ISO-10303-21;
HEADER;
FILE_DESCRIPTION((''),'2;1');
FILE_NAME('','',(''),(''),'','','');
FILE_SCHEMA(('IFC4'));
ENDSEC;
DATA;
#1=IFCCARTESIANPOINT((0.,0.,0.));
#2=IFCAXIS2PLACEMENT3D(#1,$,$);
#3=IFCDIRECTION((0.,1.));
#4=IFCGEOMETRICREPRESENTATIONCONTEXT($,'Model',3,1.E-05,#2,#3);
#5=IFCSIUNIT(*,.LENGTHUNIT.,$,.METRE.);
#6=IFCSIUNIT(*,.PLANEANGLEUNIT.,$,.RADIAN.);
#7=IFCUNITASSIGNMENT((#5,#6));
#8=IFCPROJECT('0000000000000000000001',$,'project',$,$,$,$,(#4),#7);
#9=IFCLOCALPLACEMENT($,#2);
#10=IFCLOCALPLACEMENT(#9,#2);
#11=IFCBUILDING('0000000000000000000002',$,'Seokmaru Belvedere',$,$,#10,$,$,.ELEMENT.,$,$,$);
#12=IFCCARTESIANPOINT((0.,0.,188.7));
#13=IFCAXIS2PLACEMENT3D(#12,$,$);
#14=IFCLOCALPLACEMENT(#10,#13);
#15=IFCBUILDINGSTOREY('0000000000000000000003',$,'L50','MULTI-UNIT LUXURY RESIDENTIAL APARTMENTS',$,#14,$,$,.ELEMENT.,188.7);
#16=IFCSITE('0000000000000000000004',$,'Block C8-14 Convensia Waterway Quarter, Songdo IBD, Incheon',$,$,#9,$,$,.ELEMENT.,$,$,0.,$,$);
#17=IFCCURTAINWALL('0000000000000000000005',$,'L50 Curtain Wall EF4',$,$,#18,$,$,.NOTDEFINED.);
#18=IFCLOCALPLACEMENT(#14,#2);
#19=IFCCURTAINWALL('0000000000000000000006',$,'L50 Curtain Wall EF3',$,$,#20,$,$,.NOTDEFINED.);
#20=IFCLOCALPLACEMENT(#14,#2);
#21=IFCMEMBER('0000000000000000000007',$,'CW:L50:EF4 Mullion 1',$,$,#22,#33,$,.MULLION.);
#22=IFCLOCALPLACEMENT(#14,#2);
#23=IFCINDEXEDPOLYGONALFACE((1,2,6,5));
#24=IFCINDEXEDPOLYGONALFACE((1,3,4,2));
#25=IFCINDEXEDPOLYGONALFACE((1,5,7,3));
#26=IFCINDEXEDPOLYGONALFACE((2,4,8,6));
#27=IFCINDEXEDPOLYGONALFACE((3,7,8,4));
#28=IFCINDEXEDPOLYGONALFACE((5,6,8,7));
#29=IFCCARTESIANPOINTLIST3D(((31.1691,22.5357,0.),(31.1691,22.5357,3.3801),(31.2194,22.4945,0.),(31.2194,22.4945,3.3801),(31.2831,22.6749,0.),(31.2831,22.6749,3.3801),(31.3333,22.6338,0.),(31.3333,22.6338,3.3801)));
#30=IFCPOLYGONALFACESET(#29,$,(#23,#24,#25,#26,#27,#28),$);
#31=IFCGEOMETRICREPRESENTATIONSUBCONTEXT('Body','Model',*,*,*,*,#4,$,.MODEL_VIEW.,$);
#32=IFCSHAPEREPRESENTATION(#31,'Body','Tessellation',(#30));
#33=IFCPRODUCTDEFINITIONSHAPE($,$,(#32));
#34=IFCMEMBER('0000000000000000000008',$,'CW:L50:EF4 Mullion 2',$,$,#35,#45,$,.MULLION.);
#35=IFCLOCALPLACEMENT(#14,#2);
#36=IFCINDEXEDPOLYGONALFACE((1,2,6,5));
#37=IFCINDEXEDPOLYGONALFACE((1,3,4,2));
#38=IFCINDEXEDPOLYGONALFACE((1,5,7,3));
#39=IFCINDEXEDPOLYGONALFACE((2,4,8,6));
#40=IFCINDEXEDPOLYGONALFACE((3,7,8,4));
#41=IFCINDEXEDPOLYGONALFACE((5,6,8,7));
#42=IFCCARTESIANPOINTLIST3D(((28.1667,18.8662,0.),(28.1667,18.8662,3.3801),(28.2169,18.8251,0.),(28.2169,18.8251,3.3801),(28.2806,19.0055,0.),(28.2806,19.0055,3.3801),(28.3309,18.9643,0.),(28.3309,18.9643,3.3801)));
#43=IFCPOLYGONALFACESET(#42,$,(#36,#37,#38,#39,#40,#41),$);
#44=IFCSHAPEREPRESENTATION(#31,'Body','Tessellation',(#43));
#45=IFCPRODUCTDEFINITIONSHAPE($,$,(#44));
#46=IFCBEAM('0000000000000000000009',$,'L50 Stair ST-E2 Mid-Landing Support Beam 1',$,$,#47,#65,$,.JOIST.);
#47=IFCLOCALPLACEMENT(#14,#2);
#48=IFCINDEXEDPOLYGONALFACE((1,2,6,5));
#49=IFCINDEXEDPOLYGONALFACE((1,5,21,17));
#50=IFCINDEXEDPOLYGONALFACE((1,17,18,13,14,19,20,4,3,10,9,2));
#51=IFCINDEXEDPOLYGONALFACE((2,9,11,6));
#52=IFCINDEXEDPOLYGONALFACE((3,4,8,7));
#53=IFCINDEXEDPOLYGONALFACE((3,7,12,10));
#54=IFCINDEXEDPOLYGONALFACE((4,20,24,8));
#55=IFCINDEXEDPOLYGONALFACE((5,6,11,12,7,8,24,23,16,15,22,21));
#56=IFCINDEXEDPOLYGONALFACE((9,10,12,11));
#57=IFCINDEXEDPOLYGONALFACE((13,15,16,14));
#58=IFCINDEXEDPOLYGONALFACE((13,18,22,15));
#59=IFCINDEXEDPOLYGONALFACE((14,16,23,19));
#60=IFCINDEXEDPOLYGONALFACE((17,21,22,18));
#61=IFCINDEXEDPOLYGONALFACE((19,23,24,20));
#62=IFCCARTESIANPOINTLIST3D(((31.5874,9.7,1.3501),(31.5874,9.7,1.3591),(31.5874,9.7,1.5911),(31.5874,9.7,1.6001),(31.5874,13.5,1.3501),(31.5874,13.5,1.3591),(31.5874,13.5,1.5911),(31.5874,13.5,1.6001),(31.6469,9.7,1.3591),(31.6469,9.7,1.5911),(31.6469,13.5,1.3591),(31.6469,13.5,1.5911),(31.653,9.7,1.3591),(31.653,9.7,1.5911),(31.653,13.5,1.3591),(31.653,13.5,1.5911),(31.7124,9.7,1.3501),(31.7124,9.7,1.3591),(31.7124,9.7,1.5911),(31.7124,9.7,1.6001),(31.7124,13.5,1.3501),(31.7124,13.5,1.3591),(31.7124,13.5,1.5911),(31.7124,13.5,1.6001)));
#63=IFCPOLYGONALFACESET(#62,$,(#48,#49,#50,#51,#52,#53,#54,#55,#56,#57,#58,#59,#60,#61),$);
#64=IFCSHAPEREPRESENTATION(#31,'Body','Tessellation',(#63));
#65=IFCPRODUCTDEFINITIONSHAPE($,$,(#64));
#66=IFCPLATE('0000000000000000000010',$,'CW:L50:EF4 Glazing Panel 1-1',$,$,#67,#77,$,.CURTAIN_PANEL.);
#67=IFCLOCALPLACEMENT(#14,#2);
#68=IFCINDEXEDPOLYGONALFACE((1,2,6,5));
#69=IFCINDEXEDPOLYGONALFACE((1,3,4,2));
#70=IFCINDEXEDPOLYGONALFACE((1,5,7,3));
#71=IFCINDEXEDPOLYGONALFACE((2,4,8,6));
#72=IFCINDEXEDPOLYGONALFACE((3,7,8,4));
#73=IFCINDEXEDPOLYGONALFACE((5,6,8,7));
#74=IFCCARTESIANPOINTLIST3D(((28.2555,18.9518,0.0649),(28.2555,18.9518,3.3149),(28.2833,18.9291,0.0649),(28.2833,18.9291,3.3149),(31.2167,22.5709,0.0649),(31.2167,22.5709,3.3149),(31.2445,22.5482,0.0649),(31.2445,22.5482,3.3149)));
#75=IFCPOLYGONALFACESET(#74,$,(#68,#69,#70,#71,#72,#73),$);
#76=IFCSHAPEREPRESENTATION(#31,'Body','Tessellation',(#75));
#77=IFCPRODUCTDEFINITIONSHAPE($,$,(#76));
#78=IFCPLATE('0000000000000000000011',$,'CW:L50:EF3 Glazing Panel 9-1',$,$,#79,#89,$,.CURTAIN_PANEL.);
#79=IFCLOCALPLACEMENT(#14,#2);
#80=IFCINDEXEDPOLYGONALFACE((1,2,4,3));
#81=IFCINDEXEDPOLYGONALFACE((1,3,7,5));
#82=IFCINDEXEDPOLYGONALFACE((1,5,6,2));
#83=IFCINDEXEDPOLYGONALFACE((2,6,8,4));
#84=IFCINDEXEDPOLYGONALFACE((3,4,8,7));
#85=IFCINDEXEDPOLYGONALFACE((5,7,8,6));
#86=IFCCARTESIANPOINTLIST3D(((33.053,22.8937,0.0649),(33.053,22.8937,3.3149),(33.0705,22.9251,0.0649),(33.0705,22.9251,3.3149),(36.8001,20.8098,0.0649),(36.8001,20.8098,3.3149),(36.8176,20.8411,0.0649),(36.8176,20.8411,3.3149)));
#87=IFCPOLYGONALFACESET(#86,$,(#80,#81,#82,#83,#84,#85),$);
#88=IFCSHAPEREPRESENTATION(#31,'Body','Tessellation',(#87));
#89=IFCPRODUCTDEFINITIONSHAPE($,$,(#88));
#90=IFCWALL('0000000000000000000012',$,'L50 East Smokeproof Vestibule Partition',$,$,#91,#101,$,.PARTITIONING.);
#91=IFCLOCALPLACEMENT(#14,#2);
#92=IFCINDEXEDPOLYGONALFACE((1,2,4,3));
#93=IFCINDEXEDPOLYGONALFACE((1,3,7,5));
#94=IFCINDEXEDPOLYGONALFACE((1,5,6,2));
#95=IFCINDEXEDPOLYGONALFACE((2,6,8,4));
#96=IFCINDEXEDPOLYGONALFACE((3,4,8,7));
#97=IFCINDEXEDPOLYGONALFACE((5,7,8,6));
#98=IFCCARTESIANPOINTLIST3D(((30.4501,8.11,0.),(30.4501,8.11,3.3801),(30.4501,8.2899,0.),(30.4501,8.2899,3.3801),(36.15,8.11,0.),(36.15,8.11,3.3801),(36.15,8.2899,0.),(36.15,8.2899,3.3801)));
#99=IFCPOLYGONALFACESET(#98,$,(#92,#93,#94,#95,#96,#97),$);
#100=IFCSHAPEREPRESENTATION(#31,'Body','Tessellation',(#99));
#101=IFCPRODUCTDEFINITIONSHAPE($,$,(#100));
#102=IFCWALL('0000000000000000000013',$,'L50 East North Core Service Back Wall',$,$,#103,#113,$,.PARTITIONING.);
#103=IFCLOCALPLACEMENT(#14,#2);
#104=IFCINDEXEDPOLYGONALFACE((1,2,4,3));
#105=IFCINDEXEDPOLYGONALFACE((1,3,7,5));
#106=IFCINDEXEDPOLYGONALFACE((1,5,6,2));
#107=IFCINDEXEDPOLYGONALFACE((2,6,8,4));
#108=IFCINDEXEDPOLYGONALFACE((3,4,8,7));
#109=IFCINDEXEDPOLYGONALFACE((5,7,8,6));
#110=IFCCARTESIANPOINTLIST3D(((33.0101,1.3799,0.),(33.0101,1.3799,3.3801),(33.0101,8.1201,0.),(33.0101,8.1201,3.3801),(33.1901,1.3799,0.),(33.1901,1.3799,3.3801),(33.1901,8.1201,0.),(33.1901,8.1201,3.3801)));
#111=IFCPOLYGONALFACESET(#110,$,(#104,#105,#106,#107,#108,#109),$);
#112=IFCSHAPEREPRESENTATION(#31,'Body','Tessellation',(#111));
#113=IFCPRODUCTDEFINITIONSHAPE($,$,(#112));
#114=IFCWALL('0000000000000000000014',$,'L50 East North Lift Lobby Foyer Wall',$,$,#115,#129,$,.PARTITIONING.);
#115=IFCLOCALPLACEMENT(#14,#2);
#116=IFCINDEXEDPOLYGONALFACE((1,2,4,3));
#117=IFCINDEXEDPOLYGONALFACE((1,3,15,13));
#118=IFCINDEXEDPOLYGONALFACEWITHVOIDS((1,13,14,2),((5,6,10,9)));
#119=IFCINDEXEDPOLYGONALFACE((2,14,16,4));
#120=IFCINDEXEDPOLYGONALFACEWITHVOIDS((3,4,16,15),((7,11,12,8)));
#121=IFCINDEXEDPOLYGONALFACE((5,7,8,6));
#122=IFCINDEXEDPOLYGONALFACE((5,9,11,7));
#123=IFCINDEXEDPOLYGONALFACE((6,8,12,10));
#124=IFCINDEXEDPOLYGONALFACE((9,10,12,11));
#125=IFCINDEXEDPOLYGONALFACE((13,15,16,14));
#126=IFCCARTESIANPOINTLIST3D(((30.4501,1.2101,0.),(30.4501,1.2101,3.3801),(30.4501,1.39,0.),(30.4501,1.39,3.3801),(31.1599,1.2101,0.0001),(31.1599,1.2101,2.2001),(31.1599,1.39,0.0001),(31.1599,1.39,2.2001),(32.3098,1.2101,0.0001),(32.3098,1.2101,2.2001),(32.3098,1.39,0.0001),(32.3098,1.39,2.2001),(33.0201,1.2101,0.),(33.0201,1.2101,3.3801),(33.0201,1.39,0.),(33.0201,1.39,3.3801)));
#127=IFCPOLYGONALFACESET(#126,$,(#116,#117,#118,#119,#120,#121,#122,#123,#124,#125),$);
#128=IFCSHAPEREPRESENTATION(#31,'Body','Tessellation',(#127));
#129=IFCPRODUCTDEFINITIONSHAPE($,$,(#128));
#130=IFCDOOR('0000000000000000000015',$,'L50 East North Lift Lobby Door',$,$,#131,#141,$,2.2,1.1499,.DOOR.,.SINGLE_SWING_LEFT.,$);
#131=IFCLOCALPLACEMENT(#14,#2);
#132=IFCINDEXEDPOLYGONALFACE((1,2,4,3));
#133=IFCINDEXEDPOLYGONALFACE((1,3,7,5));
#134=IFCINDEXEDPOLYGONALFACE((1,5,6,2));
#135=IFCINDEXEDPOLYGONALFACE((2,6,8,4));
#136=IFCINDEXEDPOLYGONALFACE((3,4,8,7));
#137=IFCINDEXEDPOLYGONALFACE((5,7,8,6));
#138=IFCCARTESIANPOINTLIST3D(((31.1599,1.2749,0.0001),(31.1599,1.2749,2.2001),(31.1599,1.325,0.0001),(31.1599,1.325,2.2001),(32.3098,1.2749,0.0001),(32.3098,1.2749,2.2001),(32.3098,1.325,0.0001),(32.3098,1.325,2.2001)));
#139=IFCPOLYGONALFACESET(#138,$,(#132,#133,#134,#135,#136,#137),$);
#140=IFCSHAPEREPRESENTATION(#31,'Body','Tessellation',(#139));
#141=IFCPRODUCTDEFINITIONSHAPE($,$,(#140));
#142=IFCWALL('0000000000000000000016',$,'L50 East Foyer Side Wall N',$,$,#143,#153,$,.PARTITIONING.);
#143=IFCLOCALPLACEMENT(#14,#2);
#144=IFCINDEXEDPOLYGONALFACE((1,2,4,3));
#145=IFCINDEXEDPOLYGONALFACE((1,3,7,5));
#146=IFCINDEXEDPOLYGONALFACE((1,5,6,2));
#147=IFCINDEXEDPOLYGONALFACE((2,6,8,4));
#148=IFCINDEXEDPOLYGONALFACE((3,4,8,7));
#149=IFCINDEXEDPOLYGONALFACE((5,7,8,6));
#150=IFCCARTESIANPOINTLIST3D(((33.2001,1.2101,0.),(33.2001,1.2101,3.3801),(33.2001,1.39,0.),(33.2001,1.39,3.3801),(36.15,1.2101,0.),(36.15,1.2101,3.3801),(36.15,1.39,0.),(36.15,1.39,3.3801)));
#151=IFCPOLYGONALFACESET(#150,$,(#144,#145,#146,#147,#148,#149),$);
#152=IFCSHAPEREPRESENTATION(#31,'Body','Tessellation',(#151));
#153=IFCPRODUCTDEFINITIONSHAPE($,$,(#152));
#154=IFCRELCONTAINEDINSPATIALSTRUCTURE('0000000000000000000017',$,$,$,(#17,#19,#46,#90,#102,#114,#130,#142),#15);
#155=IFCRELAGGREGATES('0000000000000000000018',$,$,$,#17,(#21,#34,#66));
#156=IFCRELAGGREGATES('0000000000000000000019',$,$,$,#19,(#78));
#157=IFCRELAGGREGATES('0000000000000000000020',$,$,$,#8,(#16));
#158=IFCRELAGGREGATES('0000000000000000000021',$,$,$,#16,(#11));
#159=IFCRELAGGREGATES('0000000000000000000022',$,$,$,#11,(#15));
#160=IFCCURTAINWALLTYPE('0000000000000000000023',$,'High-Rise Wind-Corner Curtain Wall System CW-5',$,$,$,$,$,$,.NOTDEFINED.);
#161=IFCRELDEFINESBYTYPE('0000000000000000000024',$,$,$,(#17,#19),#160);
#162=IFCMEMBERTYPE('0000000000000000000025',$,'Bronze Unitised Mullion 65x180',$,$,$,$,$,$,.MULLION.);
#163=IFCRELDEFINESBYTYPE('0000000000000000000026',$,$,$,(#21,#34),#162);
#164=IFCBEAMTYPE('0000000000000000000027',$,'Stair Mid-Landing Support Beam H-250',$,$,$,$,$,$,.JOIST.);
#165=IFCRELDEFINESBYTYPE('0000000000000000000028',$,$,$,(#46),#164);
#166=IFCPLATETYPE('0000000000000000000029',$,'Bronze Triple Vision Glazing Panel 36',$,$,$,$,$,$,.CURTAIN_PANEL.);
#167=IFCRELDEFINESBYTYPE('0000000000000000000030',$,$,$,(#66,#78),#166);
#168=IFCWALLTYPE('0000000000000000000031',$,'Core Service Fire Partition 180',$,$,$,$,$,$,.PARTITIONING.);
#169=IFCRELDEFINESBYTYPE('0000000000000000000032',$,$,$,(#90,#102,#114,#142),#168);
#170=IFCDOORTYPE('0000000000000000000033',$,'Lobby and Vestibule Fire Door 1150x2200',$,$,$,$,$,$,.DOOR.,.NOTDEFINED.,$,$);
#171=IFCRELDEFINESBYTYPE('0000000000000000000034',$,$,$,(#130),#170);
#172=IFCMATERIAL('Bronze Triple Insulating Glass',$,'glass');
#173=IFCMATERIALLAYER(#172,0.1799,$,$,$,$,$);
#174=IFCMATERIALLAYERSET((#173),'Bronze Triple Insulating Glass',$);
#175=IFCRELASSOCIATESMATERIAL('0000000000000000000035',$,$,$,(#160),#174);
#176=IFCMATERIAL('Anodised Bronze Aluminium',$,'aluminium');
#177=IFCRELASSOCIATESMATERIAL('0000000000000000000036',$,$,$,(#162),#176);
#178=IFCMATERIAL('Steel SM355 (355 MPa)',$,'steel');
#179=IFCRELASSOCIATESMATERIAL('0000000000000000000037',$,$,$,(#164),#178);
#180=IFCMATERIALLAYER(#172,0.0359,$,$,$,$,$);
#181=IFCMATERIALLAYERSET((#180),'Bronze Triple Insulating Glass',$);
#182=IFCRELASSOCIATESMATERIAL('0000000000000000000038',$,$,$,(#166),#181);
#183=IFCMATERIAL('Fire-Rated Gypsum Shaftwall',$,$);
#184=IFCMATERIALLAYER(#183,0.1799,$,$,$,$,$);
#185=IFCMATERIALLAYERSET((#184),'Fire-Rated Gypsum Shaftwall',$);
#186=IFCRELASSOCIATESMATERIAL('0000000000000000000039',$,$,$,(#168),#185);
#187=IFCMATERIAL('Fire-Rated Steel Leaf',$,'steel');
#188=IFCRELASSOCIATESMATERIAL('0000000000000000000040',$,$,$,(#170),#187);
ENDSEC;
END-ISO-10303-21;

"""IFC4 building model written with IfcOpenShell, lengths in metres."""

from ifc_helpers import new_model, si_unit, direction, frame, frame_2d, origin, origin_2d, place, context, subcontext, project, spatial, rectangle, i_section, extrude, source, transform, mapped, material, layer, layer_set, material_profile, profile_set, type_object, type_shapes, element, fill, aggregate, save


model = new_model("IFC4")

# Units and contexts
model_context = context("Model", 3, precision=1e-05, world=origin(), true_north=direction((0.0, 1.0)))
body_context = subcontext(model_context, "Body", "Model", "MODEL_VIEW")
ifc_project = project(units=[si_unit("LENGTHUNIT", "METRE"), si_unit("PLANEANGLEUNIT", "RADIAN")], contexts=[model_context])

# Site, building, storey
site_placement = place(None, origin())
site = spatial("IfcSite", under=ifc_project, at=site_placement, Name="Block C8-14 Convensia Waterway Quarter, Songdo IBD, Incheon", CompositionType="ELEMENT", RefElevation=0.0)
building_placement = place(site_placement, origin())
building = spatial("IfcBuilding", under=site, at=building_placement, Name="Seokmaru Belvedere", CompositionType="ELEMENT")
storey_placement = place(building_placement, frame((0.0, 0.0, 188.7)))
storey = spatial("IfcBuildingStorey", under=building, at=storey_placement, Name="L50", Description="MULTI-UNIT LUXURY RESIDENTIAL APARTMENTS", CompositionType="ELEMENT", Elevation=188.7)

# Shared definitions
ifc_material_1 = material(Name="Steel SM355 (355 MPa)", Category="steel")

# Curtain wall
ifc_material_2 = material(Name="Bronze Triple Insulating Glass", Category="glass")
ifc_layer_1 = layer(ifc_material_2, 0.1799)
ifc_layer_set_1 = layer_set([ifc_layer_1], Name="Bronze Triple Insulating Glass")
curtain_wall_type = type_object("IfcCurtainWallType", Name="High-Rise Wind-Corner Curtain Wall System CW-5", PredefinedType="NOTDEFINED", material=ifc_layer_set_1)
curtain_wall_1_placement = place(storey_placement, origin())
curtain_wall_1 = element("IfcCurtainWall", 1, at=curtain_wall_1_placement, inside=storey, type_object=curtain_wall_type, Name="L50 Curtain Wall EF4", PredefinedType="NOTDEFINED")
ifc_material_3 = material(Name="Anodised Bronze Aluminium", Category="aluminium")

# Curtain wall
curtain_wall_2_placement = place(storey_placement, origin())
curtain_wall_2 = element("IfcCurtainWall", 2, at=curtain_wall_2_placement, inside=storey, type_object=curtain_wall_type, Name="L50 Curtain Wall EF3", PredefinedType="NOTDEFINED")
ifc_material_profile_1 = material_profile(ifc_material_3, rectangle(XDim=0.0649, YDim=0.1799, at=origin_2d()), Name="CW-M-65x180")
ifc_profile_set_1 = profile_set([ifc_material_profile_1], Name="Anodised Bronze Aluminium")
member_type_1 = type_object("IfcMemberType", Name="Bronze Unitised Mullion 65x180", PredefinedType="MULLION", material=ifc_profile_set_1)
shared_shape_1 = source(origin(), body_context, "Body", "SweptSolid", [
    extrude(rectangle(XDim=0.0649, YDim=0.1799, at=origin_2d()), origin(), (0.0, 0.0, 1.0), 3.3801),
])
type_shapes(member_type_1, [shared_shape_1])

# Members
member_1_placement = place(storey_placement, frame((31.2512, 22.5847, 0.0), z_axis=(0.0, 0.0, 1.0), x_axis=(0.773944, -0.633254, 0.0)))
member_1 = element("IfcMember", 3, at=member_1_placement, type_object=member_type_1, Name="CW:L50:EF4 Mullion 1", PredefinedType="MULLION", context=body_context, shape_type="MappedRepresentation", body=[
    mapped(shared_shape_1, transform((0.0, 0.0, 0.0), scale=1.0)),
])
member_2_placement = place(storey_placement, frame((28.2488, 18.9153, 0.0), z_axis=(0.0, 0.0, 1.0), x_axis=(0.773944, -0.633254, 0.0)))
member_2 = element("IfcMember", 4, at=member_2_placement, type_object=member_type_1, Name="CW:L50:EF4 Mullion 2", PredefinedType="MULLION", context=body_context, shape_type="MappedRepresentation", body=[
    mapped(shared_shape_1, transform((0.0, 0.0, 0.0), scale=1.0)),
])

# Beam
ifc_material_profile_2 = material_profile(ifc_material_1, i_section(OverallWidth=0.125, OverallDepth=0.25, WebThickness=0.0061, FlangeThickness=0.009, at=origin_2d()), Name="H-250x125x6x9")
ifc_profile_set_2 = profile_set([ifc_material_profile_2], Name="Steel SM355 (355 MPa)")
beam_type_1 = type_object("IfcBeamType", Name="Stair Mid-Landing Support Beam H-250", PredefinedType="JOIST", material=ifc_profile_set_2)
shared_shape_2 = source(origin(), body_context, "Body", "SweptSolid", [
    extrude(i_section(OverallWidth=0.125, OverallDepth=0.25, WebThickness=0.0061, FlangeThickness=0.009, at=origin_2d()), origin(), (0.0, 0.0, 1.0), 3.8),
])
type_shapes(beam_type_1, [shared_shape_2])
beam_1_placement = place(storey_placement, frame((31.6499, 9.7, 1.4751), z_axis=(0.0, 1.0, 0.0), x_axis=(-1.0, 0.0, 0.0)))
element("IfcBeam", 5, at=beam_1_placement, inside=storey, type_object=beam_type_1, Name="L50 Stair ST-E2 Mid-Landing Support Beam 1", PredefinedType="JOIST", context=body_context, shape_type="MappedRepresentation", body=[
    mapped(shared_shape_2, transform((0.0, 0.0, 0.0), scale=1.0)),
])

# Plates
ifc_layer_2 = layer(ifc_material_2, 0.0359)
ifc_layer_set_2 = layer_set([ifc_layer_2], Name="Bronze Triple Insulating Glass")
plate_type = type_object("IfcPlateType", Name="Bronze Triple Vision Glazing Panel 36", PredefinedType="CURTAIN_PANEL", material=ifc_layer_set_2)
shared_shape_3 = source(origin(), body_context, "Body", "SweptSolid", [
    extrude(rectangle(XDim=4.6763, YDim=0.0359, at=origin_2d()), origin(), (0.0, 0.0, 1.0), 3.25),
])
plate_1_placement = place(storey_placement, frame((29.75, 20.75, 0.0649), z_axis=(0.0, 0.0, 1.0), x_axis=(-0.633254, -0.773944, 0.0)))
plate_1 = element("IfcPlate", 6, at=plate_1_placement, type_object=plate_type, Name="CW:L50:EF4 Glazing Panel 1-1", PredefinedType="CURTAIN_PANEL", context=body_context, shape_type="MappedRepresentation", body=[
    mapped(shared_shape_3, transform((0.0, 0.0, 0.0), scale=1.0)),
])
aggregate(curtain_wall_1, [member_1, member_2, plate_1])
shared_shape_4 = source(origin(), body_context, "Body", "SweptSolid", [
    extrude(rectangle(XDim=4.2876, YDim=0.0359, at=origin_2d()), origin(), (0.0, 0.0, 1.0), 3.25),
])
type_shapes(plate_type, [shared_shape_3, shared_shape_4])
plate_2_placement = place(storey_placement, frame((34.9353, 21.8674, 0.0649), z_axis=(0.0, 0.0, 1.0), x_axis=(-0.873933, 0.486047, 0.0)))
plate_2 = element("IfcPlate", 7, at=plate_2_placement, type_object=plate_type, Name="CW:L50:EF3 Glazing Panel 9-1", PredefinedType="CURTAIN_PANEL", context=body_context, shape_type="MappedRepresentation", body=[
    mapped(shared_shape_4, transform((0.0, 0.0, 0.0), scale=1.0)),
])
aggregate(curtain_wall_2, [plate_2])

# Walls
ifc_material_4 = material(Name="Fire-Rated Gypsum Shaftwall")
ifc_layer_3 = layer(ifc_material_4, 0.1799)
ifc_layer_set_3 = layer_set([ifc_layer_3], Name="Fire-Rated Gypsum Shaftwall")
wall_type_1 = type_object("IfcWallType", Name="Core Service Fire Partition 180", PredefinedType="PARTITIONING", material=ifc_layer_set_3)
wall_1_placement = place(storey_placement, frame((30.45, 8.2, 0.0), z_axis=(0.0, 0.0, 1.0), x_axis=(1.0, 0.0, 0.0)))
element("IfcWall", 8, at=wall_1_placement, inside=storey, type_object=wall_type_1, Name="L50 East Smokeproof Vestibule Partition", PredefinedType="PARTITIONING", context=body_context, shape_type="SweptSolid", body=[
    extrude(rectangle(XDim=5.7, YDim=0.1799, at=frame_2d((2.8501, 0.0))), origin(), (0.0, 0.0, 1.0), 3.3801),
])
wall_2_placement = place(storey_placement, frame((33.1001, 1.3799, 0.0), z_axis=(0.0, 0.0, 1.0), x_axis=(0.0, 1.0, 0.0)))
element("IfcWall", 9, at=wall_2_placement, inside=storey, type_object=wall_type_1, Name="L50 East North Core Service Back Wall", PredefinedType="PARTITIONING", context=body_context, shape_type="SweptSolid", body=[
    extrude(rectangle(XDim=6.7402, YDim=0.1799, at=frame_2d((3.3701, 0.0))), origin(), (0.0, 0.0, 1.0), 3.3801),
])

# Wall, opening, door
wall_3_placement = place(storey_placement, frame((30.45, 1.3, 0.0), z_axis=(0.0, 0.0, 1.0), x_axis=(1.0, 0.0, 0.0)))
wall_3 = element("IfcWall", 10, at=wall_3_placement, inside=storey, type_object=wall_type_1, Name="L50 East North Lift Lobby Foyer Wall", PredefinedType="PARTITIONING", context=body_context, shape_type="SweptSolid", body=[
    extrude(rectangle(XDim=2.5701, YDim=0.1799, at=frame_2d((1.2852, 0.0))), origin(), (0.0, 0.0, 1.0), 3.3801),
])
opening_1_placement = place(wall_3_placement, frame((0.71, 0.0, 0.0)))
opening_1 = element("IfcOpeningElement", 11, at=opening_1_placement, cuts=wall_3, PredefinedType="OPENING", context=body_context, shape_type="SweptSolid", body=[
    extrude(rectangle(XDim=1.1499, YDim=2.2, at=frame_2d((0.575, 1.1001))), frame((0.0, 0.1001, 0.0), z_axis=(0.0, -1.0, 0.0), x_axis=(1.0, 0.0, 0.0)), (0.0, 0.0, 1.0), 0.2),
])
ifc_material_5 = material(Name="Fire-Rated Steel Leaf", Category="steel")
door_type_1 = type_object("IfcDoorType", Name="Lobby and Vestibule Fire Door 1150x2200", OperationType="NOTDEFINED", PredefinedType="DOOR", material=ifc_material_5)
shared_shape_5 = source(origin(), body_context, "Body", "SweptSolid", [
    extrude(rectangle(XDim=1.1499, YDim=2.2, at=frame_2d((0.575, 1.1001))), frame((0.0, 0.0249, 0.0), z_axis=(0.0, -1.0, 0.0), x_axis=(1.0, 0.0, 0.0)), (0.0, 0.0, 1.0), 0.05),
])
type_shapes(door_type_1, [shared_shape_5])
door_1_placement = place(opening_1_placement, origin())
door_1 = element("IfcDoor", 12, at=door_1_placement, inside=storey, type_object=door_type_1, Name="L50 East North Lift Lobby Door", OperationType="SINGLE_SWING_LEFT", OverallHeight=2.2, OverallWidth=1.1499, PredefinedType="DOOR", context=body_context, shape_type="MappedRepresentation", body=[
    mapped(shared_shape_5, transform((0.0, 0.0, 0.0), scale=1.0)),
])
fill(opening_1, door_1)

# Wall
wall_4_placement = place(storey_placement, frame((33.2, 1.3, 0.0), z_axis=(0.0, 0.0, 1.0), x_axis=(1.0, 0.0, 0.0)))
element("IfcWall", 13, at=wall_4_placement, inside=storey, type_object=wall_type_1, Name="L50 East Foyer Side Wall N", PredefinedType="PARTITIONING", context=body_context, shape_type="SweptSolid", body=[
    extrude(rectangle(XDim=2.95, YDim=0.1799, at=frame_2d((1.4751, 0.0))), origin(), (0.0, 0.0, 1.0), 3.3801),
])

save(model, "model.ifc")
